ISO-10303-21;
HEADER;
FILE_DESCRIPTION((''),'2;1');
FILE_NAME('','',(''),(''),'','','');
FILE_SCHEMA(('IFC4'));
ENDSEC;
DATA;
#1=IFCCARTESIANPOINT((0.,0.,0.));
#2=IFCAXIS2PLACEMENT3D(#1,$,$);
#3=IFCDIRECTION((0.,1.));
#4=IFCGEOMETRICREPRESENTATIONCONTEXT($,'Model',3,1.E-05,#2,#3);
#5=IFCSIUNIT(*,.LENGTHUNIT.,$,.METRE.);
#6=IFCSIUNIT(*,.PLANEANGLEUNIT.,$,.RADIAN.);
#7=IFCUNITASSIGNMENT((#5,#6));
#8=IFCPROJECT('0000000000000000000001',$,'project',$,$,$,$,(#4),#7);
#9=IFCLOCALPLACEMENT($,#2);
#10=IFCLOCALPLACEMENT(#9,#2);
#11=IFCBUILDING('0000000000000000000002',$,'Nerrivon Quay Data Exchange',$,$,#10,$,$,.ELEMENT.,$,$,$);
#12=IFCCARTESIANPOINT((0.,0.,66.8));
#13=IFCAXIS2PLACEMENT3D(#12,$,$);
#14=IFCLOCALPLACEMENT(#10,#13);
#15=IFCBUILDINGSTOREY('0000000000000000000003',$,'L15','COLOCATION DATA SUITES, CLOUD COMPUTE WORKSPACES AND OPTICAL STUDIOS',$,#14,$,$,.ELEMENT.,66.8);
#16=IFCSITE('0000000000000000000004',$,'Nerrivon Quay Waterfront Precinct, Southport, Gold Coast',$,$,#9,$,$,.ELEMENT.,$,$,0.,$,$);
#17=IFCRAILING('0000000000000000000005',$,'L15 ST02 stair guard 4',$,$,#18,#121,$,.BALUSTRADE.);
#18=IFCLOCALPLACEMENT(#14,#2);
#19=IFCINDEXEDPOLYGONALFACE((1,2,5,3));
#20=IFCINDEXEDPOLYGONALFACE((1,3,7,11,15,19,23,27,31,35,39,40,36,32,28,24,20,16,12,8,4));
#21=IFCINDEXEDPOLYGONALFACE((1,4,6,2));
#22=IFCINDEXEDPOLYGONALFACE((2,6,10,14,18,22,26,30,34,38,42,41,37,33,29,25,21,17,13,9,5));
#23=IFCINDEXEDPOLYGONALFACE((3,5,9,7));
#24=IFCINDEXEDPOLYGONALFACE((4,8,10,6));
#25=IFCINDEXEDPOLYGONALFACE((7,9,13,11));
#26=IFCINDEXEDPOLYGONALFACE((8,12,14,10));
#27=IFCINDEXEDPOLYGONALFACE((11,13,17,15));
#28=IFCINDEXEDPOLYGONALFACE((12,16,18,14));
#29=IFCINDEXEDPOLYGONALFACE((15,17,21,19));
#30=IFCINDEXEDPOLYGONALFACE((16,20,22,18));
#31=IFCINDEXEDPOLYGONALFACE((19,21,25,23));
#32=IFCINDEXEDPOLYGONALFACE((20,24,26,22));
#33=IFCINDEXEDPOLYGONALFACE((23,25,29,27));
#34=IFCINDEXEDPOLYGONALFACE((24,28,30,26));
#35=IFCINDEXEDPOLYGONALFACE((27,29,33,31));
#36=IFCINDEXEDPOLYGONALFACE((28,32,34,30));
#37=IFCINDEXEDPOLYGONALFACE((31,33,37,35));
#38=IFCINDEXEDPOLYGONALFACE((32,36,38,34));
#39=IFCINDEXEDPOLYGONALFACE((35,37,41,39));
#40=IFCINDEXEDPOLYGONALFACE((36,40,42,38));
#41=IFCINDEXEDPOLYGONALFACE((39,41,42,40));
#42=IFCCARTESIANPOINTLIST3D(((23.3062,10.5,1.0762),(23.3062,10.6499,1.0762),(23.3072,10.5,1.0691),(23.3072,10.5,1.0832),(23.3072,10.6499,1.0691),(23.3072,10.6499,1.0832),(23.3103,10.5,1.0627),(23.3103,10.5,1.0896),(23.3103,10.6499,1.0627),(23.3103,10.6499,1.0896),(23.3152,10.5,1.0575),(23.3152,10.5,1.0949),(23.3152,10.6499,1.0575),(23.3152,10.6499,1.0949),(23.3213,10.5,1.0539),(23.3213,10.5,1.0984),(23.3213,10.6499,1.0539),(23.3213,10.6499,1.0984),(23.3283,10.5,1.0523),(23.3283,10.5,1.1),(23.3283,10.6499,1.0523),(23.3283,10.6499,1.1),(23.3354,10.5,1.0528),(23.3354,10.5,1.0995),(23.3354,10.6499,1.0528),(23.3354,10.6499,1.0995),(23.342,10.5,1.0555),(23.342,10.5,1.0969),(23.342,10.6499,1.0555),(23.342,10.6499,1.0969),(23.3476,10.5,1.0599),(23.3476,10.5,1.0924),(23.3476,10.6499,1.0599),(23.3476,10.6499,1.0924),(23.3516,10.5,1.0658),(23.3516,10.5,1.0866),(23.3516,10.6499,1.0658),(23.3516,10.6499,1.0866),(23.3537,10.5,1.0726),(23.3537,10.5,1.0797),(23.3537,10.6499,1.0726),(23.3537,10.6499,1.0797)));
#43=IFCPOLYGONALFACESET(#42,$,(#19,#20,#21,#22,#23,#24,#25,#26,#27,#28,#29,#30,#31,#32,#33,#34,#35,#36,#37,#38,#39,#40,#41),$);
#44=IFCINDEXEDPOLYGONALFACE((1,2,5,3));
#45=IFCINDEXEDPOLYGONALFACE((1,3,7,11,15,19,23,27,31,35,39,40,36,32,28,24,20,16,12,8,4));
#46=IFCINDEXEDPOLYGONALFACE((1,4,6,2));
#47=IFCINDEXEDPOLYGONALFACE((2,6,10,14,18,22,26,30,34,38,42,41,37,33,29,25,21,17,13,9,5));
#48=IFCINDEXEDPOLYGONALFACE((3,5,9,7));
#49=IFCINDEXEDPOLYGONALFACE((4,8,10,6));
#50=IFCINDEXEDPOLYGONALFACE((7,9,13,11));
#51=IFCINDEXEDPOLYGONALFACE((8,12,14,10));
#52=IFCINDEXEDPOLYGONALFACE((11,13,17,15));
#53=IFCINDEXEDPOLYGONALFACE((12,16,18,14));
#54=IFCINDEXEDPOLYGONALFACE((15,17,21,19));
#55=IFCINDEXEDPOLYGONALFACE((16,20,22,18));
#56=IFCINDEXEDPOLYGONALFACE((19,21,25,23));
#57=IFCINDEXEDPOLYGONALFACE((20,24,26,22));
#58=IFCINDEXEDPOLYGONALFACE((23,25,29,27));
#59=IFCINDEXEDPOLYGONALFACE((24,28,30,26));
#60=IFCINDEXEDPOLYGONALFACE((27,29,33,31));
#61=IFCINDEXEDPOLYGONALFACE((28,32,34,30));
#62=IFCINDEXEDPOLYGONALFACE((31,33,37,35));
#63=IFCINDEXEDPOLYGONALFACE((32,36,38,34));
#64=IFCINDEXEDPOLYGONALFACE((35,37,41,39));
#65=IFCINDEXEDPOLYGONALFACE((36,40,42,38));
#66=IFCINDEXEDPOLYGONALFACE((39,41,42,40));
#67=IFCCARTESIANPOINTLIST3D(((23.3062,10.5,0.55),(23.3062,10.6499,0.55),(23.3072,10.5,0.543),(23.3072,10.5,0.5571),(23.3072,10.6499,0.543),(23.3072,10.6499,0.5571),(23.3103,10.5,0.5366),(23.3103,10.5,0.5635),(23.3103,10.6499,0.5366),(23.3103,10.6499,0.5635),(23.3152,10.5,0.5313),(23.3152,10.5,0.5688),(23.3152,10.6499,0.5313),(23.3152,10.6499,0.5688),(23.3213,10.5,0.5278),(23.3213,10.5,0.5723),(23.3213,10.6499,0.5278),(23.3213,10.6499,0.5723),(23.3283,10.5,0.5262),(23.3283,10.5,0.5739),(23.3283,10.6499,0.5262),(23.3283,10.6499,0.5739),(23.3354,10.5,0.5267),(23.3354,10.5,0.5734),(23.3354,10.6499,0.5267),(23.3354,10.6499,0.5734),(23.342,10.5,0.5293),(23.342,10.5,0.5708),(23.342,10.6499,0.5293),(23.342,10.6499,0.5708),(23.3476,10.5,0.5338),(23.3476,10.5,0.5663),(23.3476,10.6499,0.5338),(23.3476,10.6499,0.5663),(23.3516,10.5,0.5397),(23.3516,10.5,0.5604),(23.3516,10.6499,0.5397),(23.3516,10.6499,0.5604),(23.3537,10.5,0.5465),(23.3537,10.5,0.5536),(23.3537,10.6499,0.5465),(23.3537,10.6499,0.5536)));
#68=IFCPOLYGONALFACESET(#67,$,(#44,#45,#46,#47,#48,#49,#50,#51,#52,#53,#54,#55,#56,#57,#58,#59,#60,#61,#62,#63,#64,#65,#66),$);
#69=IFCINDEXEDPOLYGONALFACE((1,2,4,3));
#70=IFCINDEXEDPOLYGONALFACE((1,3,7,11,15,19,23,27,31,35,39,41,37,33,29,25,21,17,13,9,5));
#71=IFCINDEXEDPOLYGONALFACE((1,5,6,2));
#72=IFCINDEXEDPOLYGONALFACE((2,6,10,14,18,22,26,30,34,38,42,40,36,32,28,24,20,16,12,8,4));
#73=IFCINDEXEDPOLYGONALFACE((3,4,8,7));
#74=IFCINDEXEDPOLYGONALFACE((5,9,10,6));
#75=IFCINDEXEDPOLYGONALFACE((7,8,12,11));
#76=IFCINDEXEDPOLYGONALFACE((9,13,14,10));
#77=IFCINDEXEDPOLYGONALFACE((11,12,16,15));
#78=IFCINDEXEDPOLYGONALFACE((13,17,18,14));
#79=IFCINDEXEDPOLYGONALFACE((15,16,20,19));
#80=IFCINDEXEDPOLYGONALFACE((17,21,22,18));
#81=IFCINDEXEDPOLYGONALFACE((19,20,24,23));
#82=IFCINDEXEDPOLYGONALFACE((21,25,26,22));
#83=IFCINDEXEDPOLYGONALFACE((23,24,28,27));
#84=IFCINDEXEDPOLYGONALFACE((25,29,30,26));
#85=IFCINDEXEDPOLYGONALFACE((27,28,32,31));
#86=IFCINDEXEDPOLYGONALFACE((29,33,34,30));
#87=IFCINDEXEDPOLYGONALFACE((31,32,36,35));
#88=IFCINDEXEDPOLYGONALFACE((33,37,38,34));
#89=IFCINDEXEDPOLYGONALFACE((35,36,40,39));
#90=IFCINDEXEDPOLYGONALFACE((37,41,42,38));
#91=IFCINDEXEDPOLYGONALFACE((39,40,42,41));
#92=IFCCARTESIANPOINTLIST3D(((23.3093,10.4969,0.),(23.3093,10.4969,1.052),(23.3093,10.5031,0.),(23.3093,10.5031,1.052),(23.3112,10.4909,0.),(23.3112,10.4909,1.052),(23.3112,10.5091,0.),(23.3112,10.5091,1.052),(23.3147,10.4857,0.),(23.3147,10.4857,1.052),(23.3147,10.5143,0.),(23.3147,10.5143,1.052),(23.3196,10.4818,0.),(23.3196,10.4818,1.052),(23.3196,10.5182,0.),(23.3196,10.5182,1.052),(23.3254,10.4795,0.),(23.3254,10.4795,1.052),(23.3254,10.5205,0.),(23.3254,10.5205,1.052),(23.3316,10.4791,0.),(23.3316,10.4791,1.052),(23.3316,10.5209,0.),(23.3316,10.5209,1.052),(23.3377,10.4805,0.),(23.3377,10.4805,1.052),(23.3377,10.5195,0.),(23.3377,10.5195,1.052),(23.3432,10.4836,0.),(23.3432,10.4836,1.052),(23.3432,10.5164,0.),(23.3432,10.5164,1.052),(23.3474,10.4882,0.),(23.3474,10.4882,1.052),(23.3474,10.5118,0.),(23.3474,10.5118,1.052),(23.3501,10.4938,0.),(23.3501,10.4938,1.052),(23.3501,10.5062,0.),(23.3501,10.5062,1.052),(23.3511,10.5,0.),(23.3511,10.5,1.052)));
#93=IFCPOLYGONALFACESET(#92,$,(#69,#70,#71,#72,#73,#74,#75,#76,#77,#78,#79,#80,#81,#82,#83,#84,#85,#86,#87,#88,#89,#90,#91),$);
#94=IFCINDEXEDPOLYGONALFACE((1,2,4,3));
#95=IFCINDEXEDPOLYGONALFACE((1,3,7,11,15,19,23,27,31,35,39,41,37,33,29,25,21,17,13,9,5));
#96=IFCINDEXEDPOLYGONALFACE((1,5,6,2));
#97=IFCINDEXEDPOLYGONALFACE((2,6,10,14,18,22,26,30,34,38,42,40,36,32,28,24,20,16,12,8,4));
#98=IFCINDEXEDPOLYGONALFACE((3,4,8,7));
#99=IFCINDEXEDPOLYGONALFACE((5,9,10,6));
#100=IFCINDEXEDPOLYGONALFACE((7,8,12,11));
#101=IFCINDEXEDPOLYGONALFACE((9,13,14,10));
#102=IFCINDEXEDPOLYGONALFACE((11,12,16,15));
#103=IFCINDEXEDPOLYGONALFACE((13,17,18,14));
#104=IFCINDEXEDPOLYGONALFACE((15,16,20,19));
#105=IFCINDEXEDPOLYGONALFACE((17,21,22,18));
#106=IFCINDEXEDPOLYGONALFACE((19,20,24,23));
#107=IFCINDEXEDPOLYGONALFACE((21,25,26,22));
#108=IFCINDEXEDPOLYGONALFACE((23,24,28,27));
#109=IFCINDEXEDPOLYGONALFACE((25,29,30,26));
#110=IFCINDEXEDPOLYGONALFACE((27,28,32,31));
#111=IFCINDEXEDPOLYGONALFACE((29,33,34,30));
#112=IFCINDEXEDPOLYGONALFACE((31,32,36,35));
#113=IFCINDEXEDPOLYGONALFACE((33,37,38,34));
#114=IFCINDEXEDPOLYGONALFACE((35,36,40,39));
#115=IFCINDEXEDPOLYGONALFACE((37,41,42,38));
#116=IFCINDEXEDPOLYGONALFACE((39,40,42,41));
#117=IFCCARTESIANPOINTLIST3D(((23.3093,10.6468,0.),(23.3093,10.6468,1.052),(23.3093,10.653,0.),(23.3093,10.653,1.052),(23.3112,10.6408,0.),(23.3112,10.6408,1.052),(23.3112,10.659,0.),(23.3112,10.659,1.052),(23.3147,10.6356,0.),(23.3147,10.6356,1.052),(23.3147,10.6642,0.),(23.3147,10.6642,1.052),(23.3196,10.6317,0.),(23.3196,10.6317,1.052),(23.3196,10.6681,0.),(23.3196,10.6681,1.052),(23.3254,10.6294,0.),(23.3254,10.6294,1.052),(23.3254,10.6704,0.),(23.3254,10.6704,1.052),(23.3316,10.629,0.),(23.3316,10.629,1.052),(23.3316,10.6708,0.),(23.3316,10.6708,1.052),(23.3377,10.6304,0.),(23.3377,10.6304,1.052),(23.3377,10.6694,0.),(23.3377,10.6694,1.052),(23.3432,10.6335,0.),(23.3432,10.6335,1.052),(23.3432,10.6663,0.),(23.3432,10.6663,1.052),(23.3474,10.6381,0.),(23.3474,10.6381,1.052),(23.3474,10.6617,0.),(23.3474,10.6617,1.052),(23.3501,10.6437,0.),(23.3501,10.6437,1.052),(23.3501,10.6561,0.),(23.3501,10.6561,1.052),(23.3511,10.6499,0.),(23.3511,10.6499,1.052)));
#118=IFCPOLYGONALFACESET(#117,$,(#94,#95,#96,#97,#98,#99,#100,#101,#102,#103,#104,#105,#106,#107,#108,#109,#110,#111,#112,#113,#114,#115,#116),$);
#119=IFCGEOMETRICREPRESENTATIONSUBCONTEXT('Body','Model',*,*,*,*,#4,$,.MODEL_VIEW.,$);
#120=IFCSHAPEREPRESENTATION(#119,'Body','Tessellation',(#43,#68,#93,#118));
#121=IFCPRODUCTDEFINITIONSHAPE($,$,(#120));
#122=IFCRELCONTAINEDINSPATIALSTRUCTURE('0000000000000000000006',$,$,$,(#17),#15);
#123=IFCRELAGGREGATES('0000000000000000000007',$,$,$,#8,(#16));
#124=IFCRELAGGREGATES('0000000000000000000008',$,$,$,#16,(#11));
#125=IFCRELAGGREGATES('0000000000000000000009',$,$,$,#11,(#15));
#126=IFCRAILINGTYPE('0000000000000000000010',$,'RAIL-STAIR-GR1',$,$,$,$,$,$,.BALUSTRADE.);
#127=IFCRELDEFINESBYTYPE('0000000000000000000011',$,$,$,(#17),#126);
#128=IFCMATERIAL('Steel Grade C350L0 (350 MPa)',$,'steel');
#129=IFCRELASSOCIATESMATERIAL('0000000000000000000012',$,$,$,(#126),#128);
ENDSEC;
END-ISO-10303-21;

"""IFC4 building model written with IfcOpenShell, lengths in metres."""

from ifc_helpers import new_model, si_unit, direction, frame, origin, origin_2d, place, context, subcontext, project, spatial, circle, extrude, material, type_object, element, save


model = new_model("IFC4")

# Units and contexts
model_context = context("Model", 3, precision=1e-05, world=origin(), true_north=direction((0.0, 1.0)))
body_context = subcontext(model_context, "Body", "Model", "MODEL_VIEW")
ifc_project = project(units=[si_unit("LENGTHUNIT", "METRE"), si_unit("PLANEANGLEUNIT", "RADIAN")], contexts=[model_context])

# Site, building, storey
site_placement = place(None, origin())
site = spatial("IfcSite", under=ifc_project, at=site_placement, Name="Nerrivon Quay Waterfront Precinct, Southport, Gold Coast", CompositionType="ELEMENT", RefElevation=0.0)
building_placement = place(site_placement, origin())
building = spatial("IfcBuilding", under=site, at=building_placement, Name="Nerrivon Quay Data Exchange", CompositionType="ELEMENT")
storey_placement = place(building_placement, frame((0.0, 0.0, 66.8)))
storey = spatial("IfcBuildingStorey", under=building, at=storey_placement, Name="L15", Description="COLOCATION DATA SUITES, CLOUD COMPUTE WORKSPACES AND OPTICAL STUDIOS", CompositionType="ELEMENT", Elevation=66.8)

# Railing
ifc_material_1 = material(Name="Steel Grade C350L0 (350 MPa)", Category="steel")
railing_type_1 = type_object("IfcRailingType", Name="RAIL-STAIR-GR1", PredefinedType="BALUSTRADE", material=ifc_material_1)
railing_1_placement = place(storey_placement, frame((23.3301, 10.5, 0.0)))
element("IfcRailing", 1, at=railing_1_placement, inside=storey, type_object=railing_type_1, Name="L15 ST02 stair guard 4", PredefinedType="BALUSTRADE", context=body_context, shape_type="SweptSolid", body=[
    extrude(circle(Radius=0.0239, at=origin_2d()), frame((0.0, 0.0, 1.0762), z_axis=(0.0, 1.0, 0.0), x_axis=(-1.0, 0.0, 0.0)), (0.0, 0.0, 1.0), 0.1499),
    extrude(circle(Radius=0.0239, at=origin_2d()), frame((0.0, 0.0, 0.55), z_axis=(0.0, 1.0, 0.0), x_axis=(-1.0, 0.0, 0.0)), (0.0, 0.0, 1.0), 0.1499),
    extrude(circle(Radius=0.021, at=origin_2d()), origin(), (0.0, 0.0, 1.0), 1.052),
    extrude(circle(Radius=0.021, at=origin_2d()), frame((0.0, 0.1499, 0.0)), (0.0, 0.0, 1.0), 1.052),
])

save(model, "model.ifc")
